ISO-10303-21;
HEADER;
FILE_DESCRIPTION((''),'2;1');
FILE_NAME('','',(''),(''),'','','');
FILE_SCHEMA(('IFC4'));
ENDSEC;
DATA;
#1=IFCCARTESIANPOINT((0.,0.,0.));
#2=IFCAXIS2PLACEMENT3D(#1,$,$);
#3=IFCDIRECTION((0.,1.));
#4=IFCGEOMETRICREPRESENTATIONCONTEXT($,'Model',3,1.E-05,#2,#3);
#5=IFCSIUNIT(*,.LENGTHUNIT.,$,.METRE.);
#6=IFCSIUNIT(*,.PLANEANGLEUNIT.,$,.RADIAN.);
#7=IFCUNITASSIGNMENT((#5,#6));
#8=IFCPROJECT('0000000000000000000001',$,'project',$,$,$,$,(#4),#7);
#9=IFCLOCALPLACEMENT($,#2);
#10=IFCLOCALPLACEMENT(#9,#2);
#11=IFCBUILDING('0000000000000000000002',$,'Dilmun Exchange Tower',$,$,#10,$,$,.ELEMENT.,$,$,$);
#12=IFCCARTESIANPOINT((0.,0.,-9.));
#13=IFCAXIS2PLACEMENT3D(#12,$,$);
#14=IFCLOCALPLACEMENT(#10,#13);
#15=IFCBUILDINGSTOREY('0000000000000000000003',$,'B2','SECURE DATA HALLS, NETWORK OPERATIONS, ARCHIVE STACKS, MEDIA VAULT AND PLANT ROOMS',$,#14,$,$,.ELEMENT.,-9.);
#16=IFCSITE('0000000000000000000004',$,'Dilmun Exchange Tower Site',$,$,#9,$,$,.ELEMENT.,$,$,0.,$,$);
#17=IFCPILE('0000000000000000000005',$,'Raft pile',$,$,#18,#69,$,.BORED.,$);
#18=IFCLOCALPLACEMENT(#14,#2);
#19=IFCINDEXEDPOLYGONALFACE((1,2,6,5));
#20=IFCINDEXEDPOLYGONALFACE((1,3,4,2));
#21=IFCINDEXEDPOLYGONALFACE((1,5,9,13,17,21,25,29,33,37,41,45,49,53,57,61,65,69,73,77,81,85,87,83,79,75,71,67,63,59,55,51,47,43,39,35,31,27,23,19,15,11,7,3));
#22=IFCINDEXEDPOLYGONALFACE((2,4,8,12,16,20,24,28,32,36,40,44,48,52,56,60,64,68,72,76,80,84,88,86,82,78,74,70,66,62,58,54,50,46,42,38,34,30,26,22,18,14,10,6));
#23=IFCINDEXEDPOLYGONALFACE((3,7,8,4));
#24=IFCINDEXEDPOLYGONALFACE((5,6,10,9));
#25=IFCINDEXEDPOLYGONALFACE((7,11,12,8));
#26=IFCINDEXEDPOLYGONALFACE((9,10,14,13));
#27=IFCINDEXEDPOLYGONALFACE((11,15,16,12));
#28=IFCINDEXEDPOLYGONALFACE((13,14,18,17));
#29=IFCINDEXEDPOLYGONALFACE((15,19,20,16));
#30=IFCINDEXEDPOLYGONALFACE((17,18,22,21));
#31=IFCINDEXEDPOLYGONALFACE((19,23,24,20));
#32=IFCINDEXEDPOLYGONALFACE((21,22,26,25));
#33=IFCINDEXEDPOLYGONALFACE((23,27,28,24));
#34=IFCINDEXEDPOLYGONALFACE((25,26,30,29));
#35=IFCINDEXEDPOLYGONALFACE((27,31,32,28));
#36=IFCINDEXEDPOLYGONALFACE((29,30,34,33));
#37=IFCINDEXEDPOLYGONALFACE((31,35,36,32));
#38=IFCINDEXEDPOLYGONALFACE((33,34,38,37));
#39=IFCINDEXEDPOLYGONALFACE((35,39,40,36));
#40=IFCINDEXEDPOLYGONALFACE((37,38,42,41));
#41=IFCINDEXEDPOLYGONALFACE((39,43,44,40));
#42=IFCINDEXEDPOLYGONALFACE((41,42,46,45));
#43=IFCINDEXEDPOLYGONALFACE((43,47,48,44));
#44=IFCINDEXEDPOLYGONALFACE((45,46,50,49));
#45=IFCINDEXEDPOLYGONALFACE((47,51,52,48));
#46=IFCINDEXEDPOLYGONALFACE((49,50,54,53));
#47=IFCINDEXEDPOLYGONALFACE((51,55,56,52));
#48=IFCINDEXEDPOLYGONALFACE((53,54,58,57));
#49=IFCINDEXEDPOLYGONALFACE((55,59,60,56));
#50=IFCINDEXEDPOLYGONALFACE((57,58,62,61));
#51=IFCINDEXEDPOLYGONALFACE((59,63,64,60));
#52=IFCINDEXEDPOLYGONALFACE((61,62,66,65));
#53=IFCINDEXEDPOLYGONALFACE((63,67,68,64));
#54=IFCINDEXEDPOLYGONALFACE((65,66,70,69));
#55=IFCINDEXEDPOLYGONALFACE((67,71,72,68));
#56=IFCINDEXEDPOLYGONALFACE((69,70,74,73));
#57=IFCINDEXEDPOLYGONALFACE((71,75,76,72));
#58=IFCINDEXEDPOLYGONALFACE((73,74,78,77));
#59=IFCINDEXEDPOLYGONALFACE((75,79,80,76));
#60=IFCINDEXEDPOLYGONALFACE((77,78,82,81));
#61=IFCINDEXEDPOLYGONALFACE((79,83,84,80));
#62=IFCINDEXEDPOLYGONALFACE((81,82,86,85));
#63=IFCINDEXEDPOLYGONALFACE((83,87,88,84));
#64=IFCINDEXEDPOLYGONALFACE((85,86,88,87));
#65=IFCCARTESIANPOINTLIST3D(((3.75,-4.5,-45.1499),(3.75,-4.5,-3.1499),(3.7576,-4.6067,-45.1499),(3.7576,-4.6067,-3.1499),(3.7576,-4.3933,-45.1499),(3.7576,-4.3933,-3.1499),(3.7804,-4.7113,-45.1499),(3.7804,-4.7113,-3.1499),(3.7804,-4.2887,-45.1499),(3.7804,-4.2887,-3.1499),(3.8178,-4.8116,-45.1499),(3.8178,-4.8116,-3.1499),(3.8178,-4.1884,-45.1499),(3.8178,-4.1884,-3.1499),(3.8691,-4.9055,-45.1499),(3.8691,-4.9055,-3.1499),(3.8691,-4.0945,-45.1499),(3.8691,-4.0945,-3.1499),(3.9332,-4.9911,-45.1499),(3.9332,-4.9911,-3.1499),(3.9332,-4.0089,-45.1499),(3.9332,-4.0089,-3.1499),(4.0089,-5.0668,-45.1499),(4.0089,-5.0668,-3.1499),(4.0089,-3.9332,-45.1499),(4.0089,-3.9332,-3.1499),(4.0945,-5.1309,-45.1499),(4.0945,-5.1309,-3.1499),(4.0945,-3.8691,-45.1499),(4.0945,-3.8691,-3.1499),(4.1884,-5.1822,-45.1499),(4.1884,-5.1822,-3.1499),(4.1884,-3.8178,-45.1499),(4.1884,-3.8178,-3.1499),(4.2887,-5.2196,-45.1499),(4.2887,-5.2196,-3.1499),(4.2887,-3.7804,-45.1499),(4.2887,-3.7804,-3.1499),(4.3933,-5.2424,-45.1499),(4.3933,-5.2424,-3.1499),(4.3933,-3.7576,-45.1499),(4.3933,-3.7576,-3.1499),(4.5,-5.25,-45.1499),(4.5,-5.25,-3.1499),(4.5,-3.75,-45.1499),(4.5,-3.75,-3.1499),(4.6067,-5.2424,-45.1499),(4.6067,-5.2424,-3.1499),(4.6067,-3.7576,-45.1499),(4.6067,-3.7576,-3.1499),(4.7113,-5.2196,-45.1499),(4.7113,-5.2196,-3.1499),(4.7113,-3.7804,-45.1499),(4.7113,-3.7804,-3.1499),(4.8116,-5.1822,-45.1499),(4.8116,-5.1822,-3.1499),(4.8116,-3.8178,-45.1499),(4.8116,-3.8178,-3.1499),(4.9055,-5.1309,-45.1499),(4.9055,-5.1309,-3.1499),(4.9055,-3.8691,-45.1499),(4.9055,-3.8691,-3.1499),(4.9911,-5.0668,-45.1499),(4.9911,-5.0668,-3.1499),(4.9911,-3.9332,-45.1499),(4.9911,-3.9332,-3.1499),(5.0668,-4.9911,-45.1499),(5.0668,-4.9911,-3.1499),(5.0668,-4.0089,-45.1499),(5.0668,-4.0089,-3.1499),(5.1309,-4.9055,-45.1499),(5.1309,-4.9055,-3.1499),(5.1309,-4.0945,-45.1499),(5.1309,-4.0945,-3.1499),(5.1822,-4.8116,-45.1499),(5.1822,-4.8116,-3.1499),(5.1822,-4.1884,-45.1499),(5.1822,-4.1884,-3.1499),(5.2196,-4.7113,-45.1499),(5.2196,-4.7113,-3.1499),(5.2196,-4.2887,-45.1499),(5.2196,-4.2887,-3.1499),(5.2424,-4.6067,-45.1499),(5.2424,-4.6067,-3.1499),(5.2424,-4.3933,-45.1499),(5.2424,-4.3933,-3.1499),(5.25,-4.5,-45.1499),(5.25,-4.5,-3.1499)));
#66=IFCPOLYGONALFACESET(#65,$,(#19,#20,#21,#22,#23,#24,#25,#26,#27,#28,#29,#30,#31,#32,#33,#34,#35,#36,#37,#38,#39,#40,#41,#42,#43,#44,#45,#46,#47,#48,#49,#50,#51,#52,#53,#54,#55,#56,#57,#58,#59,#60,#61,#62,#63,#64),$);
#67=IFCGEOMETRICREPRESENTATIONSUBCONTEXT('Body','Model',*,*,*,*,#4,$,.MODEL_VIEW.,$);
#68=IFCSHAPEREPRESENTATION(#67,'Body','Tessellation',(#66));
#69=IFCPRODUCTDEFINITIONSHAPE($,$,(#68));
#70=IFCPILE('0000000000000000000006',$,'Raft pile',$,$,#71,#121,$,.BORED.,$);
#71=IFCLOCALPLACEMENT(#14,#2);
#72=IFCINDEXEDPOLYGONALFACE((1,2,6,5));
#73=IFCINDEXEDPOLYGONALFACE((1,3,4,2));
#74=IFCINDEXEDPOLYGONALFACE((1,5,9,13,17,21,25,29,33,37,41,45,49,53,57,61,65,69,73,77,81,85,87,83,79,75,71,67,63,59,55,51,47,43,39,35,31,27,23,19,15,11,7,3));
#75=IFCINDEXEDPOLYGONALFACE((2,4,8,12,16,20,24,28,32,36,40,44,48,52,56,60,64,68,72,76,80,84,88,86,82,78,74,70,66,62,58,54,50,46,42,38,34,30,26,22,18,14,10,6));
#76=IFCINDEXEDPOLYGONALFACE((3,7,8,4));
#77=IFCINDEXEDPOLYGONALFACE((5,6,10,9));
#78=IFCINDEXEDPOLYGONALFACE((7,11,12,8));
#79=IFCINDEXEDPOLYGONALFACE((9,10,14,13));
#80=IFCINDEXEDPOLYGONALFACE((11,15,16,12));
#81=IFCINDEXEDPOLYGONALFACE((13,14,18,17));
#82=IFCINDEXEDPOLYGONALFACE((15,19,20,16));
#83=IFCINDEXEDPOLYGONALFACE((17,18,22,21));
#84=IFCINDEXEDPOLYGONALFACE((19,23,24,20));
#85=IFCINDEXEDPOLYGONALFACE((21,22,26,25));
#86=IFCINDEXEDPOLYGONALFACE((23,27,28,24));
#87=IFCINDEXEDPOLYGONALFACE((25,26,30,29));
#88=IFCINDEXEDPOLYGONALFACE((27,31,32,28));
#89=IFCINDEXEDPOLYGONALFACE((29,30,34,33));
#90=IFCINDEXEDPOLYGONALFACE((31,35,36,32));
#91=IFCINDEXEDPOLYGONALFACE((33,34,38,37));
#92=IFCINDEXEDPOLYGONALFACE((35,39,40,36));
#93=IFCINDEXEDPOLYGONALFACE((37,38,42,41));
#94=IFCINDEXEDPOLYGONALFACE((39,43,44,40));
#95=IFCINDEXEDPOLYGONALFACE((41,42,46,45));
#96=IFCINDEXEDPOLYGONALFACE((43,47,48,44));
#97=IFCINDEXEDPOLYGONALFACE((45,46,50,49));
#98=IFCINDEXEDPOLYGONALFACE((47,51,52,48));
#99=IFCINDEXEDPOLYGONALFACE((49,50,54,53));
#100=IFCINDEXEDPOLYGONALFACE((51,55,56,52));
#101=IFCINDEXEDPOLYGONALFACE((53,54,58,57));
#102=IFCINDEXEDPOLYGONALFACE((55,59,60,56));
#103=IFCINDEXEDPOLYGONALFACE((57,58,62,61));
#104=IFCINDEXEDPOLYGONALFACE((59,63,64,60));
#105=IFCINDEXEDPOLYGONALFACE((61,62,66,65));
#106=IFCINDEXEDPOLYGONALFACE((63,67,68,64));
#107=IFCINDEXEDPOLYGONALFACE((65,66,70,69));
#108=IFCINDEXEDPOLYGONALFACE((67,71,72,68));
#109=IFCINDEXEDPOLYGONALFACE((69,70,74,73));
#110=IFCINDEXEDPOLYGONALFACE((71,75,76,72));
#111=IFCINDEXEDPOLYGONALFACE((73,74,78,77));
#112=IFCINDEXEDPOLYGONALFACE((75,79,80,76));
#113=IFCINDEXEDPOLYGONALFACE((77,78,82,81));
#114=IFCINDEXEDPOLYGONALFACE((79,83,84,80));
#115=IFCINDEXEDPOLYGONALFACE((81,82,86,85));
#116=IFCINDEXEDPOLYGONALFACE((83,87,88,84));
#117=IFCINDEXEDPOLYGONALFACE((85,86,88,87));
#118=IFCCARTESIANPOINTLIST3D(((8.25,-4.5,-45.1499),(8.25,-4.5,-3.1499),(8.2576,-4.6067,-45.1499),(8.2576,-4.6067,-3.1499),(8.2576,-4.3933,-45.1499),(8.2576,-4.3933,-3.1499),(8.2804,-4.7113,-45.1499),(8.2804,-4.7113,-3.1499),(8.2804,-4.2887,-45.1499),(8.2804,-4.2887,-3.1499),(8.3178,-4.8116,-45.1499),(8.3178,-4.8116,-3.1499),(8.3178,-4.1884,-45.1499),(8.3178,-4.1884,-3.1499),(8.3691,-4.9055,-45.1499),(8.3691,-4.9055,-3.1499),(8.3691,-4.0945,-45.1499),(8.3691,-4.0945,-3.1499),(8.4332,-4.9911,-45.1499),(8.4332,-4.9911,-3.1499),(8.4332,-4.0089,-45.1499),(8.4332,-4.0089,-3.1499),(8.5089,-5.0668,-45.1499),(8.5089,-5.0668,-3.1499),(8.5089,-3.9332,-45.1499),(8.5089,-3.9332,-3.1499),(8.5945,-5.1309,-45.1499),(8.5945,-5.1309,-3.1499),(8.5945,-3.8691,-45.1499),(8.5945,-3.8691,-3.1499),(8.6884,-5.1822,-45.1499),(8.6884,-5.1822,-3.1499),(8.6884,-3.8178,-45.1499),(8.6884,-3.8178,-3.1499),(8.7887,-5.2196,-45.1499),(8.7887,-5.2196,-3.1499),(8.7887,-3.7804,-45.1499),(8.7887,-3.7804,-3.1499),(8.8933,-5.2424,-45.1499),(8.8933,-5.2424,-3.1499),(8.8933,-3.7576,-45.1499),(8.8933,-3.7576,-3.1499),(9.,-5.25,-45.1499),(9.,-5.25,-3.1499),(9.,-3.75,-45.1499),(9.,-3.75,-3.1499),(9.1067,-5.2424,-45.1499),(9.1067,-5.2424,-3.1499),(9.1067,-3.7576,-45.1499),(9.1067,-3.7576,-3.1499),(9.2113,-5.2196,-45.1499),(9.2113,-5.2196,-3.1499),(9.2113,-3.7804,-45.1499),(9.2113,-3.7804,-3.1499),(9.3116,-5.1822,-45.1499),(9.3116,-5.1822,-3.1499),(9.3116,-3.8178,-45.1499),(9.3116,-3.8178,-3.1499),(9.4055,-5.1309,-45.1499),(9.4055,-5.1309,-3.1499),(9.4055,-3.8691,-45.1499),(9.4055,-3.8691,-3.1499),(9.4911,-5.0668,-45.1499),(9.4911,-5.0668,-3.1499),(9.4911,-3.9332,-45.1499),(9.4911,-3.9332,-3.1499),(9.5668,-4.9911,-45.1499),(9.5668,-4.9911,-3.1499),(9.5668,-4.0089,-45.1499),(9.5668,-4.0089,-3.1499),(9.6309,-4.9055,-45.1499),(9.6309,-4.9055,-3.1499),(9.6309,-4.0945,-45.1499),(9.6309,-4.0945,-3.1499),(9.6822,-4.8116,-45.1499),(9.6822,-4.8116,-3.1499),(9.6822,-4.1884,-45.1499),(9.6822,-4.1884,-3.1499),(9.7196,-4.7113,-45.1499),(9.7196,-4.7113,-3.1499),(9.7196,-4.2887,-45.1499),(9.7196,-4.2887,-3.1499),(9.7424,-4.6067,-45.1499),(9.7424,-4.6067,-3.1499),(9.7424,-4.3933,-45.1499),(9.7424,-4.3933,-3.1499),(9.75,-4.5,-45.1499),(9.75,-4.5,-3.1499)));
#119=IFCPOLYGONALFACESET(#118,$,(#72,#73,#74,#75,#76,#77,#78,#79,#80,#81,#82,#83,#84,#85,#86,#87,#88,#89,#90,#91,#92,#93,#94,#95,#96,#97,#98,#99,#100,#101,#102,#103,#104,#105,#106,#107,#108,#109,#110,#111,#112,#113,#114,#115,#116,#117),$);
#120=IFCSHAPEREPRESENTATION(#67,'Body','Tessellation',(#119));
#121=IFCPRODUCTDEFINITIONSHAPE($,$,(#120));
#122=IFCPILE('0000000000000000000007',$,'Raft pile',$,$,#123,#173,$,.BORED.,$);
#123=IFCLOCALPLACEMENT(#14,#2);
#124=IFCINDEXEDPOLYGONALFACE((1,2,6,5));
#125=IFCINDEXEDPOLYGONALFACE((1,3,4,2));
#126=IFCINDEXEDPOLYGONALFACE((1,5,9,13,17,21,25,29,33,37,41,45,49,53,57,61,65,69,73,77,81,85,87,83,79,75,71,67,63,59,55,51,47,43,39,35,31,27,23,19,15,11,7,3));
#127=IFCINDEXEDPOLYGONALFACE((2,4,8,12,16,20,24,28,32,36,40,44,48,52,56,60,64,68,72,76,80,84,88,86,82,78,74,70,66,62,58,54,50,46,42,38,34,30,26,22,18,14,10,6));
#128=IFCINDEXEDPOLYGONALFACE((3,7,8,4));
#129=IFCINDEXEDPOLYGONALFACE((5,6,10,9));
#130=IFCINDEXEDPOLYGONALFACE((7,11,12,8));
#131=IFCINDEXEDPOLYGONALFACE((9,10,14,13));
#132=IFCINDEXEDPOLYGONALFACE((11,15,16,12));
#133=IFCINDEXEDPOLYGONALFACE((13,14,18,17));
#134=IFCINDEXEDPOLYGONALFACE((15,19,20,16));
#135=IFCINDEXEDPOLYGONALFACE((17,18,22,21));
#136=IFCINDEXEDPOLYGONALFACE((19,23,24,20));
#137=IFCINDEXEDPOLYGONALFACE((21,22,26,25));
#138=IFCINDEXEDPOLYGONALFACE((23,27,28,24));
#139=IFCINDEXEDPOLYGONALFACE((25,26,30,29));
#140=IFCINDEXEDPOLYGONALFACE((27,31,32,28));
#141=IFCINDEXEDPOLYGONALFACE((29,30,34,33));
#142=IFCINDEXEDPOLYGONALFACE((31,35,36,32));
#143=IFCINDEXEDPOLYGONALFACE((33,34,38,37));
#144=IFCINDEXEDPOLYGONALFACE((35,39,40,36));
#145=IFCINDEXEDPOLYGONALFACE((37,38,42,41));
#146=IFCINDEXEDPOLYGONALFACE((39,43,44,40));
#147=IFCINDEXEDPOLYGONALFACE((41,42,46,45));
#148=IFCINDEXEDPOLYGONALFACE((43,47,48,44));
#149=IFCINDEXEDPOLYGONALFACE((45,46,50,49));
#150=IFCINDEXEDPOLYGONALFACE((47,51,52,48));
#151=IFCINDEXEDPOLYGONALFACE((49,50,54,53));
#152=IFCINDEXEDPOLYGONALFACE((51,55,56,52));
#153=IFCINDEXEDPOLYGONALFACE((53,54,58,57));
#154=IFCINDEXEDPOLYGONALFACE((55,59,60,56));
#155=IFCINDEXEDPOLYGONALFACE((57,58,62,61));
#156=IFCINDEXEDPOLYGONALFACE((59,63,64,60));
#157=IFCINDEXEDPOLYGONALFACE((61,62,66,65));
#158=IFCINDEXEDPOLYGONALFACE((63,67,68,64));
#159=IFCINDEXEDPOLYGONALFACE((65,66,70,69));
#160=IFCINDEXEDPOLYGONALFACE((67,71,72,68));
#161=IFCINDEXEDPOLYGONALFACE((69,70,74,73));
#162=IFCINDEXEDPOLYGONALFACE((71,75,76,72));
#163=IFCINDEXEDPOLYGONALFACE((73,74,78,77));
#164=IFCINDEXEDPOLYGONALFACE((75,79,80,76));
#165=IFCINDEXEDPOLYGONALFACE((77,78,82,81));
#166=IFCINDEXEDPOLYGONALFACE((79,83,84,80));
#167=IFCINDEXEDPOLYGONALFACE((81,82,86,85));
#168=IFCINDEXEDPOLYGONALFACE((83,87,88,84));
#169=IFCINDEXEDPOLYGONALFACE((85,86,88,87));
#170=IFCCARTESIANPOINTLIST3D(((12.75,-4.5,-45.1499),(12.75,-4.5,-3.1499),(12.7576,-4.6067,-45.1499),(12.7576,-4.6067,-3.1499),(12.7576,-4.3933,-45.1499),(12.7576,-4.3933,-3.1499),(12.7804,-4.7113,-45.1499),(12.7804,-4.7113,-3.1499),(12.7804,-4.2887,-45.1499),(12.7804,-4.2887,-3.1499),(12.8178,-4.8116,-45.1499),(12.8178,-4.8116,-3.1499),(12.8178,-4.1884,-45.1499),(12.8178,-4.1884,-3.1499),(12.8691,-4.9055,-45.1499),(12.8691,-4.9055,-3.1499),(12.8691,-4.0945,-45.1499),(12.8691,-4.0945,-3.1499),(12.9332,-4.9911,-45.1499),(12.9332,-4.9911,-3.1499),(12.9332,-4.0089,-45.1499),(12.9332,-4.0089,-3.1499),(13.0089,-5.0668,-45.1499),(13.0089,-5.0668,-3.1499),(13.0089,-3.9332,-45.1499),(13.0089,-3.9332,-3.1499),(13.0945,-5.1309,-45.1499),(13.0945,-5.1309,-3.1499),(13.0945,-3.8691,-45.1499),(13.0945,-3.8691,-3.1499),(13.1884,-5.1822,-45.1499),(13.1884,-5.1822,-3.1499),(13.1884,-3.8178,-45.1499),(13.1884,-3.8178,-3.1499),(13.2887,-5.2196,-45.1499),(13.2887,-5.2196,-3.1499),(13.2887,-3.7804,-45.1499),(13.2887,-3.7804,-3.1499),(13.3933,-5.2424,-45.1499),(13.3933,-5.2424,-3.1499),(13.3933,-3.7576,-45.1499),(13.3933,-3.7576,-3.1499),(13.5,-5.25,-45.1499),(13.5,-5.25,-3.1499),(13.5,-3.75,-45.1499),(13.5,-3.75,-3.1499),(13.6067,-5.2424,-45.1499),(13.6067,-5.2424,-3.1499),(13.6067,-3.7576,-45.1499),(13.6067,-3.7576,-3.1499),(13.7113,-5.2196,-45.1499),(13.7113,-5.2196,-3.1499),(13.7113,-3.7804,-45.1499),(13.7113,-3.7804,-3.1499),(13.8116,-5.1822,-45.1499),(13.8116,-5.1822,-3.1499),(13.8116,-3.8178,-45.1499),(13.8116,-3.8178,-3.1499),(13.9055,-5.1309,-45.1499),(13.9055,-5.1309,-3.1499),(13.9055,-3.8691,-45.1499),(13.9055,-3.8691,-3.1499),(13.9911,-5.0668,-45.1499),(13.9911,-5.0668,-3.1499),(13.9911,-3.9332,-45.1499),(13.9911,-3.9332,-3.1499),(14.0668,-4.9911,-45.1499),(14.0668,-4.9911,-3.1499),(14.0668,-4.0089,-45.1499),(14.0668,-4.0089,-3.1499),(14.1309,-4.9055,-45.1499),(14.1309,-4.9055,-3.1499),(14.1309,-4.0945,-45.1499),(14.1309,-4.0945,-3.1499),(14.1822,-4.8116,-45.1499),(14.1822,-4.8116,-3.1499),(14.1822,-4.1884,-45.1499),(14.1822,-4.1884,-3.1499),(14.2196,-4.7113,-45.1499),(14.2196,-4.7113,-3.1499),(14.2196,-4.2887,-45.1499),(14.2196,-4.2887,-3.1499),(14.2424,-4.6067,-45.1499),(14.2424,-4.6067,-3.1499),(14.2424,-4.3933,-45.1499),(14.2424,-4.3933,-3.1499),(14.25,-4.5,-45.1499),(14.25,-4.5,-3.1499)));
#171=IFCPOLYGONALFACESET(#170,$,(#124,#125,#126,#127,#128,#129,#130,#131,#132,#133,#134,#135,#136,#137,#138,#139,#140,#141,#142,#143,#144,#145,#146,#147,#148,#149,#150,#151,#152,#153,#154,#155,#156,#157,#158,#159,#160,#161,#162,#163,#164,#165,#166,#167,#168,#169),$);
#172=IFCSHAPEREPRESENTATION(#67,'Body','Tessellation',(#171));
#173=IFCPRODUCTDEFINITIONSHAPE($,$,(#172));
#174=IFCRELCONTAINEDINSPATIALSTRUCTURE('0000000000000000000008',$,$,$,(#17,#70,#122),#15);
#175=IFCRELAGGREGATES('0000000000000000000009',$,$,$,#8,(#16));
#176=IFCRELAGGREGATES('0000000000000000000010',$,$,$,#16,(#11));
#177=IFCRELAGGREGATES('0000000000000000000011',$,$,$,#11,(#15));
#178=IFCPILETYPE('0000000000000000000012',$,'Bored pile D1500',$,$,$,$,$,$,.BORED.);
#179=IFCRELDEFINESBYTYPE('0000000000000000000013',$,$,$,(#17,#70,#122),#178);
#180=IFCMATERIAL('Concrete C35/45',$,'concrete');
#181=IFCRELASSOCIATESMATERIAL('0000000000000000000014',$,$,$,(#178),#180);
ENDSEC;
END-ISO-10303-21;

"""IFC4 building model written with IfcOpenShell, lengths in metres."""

from ifc_helpers import new_model, si_unit, direction, frame, origin, origin_2d, place, context, subcontext, project, spatial, circle, extrude, material, material_profile, profile_set, type_object, element, save


model = new_model("IFC4")

# Units and contexts
model_context = context("Model", 3, precision=1e-05, world=origin(), true_north=direction((0.0, 1.0)))
body_context = subcontext(model_context, "Body", "Model", "MODEL_VIEW")
ifc_project = project(units=[si_unit("LENGTHUNIT", "METRE"), si_unit("PLANEANGLEUNIT", "RADIAN")], contexts=[model_context])

# Site, building, storey
site_placement = place(None, origin())
site = spatial("IfcSite", under=ifc_project, at=site_placement, Name="Dilmun Exchange Tower Site", CompositionType="ELEMENT", RefElevation=0.0)
building_placement = place(site_placement, origin())
building = spatial("IfcBuilding", under=site, at=building_placement, Name="Dilmun Exchange Tower", CompositionType="ELEMENT")
storey_placement = place(building_placement, frame((0.0, 0.0, -9.0)))
storey = spatial("IfcBuildingStorey", under=building, at=storey_placement, Name="B2", Description="SECURE DATA HALLS, NETWORK OPERATIONS, ARCHIVE STACKS, MEDIA VAULT AND PLANT ROOMS", CompositionType="ELEMENT", Elevation=-9.0)

# Piles
ifc_material_1 = material(Name="Concrete C35/45", Category="concrete")
ifc_material_profile = material_profile(ifc_material_1, circle(Radius=0.75, at=origin_2d()), Name="D1500")
ifc_profile_set = profile_set([ifc_material_profile], Name="Concrete C35/45")
pile_type = type_object("IfcPileType", Name="Bored pile D1500", PredefinedType="BORED", material=ifc_profile_set)
for number, where, z_axis, x_axis, name in (
    (1, (4.5, -4.5, -3.1499), (0.0, 0.0, -1.0), (1.0, 0.0, 0.0), "Raft pile"),
    (2, (9.0, -4.5, -3.1499), (0.0, 0.0, -1.0), (1.0, 0.0, 0.0), "Raft pile"),
    (3, (13.5, -4.5, -3.1499), (0.0, 0.0, -1.0), (1.0, 0.0, 0.0), "Raft pile"),
):
    element("IfcPile", number, at=place(storey_placement, frame(where, z_axis=z_axis, x_axis=x_axis)), inside=storey, type_object=pile_type, Name=name, PredefinedType="BORED", context=body_context, shape_type="SweptSolid", body=[
        extrude(circle(Radius=0.75, at=origin_2d()), origin(), (0.0, 0.0, 1.0), 42.0),
    ])

save(model, "model.ifc")
